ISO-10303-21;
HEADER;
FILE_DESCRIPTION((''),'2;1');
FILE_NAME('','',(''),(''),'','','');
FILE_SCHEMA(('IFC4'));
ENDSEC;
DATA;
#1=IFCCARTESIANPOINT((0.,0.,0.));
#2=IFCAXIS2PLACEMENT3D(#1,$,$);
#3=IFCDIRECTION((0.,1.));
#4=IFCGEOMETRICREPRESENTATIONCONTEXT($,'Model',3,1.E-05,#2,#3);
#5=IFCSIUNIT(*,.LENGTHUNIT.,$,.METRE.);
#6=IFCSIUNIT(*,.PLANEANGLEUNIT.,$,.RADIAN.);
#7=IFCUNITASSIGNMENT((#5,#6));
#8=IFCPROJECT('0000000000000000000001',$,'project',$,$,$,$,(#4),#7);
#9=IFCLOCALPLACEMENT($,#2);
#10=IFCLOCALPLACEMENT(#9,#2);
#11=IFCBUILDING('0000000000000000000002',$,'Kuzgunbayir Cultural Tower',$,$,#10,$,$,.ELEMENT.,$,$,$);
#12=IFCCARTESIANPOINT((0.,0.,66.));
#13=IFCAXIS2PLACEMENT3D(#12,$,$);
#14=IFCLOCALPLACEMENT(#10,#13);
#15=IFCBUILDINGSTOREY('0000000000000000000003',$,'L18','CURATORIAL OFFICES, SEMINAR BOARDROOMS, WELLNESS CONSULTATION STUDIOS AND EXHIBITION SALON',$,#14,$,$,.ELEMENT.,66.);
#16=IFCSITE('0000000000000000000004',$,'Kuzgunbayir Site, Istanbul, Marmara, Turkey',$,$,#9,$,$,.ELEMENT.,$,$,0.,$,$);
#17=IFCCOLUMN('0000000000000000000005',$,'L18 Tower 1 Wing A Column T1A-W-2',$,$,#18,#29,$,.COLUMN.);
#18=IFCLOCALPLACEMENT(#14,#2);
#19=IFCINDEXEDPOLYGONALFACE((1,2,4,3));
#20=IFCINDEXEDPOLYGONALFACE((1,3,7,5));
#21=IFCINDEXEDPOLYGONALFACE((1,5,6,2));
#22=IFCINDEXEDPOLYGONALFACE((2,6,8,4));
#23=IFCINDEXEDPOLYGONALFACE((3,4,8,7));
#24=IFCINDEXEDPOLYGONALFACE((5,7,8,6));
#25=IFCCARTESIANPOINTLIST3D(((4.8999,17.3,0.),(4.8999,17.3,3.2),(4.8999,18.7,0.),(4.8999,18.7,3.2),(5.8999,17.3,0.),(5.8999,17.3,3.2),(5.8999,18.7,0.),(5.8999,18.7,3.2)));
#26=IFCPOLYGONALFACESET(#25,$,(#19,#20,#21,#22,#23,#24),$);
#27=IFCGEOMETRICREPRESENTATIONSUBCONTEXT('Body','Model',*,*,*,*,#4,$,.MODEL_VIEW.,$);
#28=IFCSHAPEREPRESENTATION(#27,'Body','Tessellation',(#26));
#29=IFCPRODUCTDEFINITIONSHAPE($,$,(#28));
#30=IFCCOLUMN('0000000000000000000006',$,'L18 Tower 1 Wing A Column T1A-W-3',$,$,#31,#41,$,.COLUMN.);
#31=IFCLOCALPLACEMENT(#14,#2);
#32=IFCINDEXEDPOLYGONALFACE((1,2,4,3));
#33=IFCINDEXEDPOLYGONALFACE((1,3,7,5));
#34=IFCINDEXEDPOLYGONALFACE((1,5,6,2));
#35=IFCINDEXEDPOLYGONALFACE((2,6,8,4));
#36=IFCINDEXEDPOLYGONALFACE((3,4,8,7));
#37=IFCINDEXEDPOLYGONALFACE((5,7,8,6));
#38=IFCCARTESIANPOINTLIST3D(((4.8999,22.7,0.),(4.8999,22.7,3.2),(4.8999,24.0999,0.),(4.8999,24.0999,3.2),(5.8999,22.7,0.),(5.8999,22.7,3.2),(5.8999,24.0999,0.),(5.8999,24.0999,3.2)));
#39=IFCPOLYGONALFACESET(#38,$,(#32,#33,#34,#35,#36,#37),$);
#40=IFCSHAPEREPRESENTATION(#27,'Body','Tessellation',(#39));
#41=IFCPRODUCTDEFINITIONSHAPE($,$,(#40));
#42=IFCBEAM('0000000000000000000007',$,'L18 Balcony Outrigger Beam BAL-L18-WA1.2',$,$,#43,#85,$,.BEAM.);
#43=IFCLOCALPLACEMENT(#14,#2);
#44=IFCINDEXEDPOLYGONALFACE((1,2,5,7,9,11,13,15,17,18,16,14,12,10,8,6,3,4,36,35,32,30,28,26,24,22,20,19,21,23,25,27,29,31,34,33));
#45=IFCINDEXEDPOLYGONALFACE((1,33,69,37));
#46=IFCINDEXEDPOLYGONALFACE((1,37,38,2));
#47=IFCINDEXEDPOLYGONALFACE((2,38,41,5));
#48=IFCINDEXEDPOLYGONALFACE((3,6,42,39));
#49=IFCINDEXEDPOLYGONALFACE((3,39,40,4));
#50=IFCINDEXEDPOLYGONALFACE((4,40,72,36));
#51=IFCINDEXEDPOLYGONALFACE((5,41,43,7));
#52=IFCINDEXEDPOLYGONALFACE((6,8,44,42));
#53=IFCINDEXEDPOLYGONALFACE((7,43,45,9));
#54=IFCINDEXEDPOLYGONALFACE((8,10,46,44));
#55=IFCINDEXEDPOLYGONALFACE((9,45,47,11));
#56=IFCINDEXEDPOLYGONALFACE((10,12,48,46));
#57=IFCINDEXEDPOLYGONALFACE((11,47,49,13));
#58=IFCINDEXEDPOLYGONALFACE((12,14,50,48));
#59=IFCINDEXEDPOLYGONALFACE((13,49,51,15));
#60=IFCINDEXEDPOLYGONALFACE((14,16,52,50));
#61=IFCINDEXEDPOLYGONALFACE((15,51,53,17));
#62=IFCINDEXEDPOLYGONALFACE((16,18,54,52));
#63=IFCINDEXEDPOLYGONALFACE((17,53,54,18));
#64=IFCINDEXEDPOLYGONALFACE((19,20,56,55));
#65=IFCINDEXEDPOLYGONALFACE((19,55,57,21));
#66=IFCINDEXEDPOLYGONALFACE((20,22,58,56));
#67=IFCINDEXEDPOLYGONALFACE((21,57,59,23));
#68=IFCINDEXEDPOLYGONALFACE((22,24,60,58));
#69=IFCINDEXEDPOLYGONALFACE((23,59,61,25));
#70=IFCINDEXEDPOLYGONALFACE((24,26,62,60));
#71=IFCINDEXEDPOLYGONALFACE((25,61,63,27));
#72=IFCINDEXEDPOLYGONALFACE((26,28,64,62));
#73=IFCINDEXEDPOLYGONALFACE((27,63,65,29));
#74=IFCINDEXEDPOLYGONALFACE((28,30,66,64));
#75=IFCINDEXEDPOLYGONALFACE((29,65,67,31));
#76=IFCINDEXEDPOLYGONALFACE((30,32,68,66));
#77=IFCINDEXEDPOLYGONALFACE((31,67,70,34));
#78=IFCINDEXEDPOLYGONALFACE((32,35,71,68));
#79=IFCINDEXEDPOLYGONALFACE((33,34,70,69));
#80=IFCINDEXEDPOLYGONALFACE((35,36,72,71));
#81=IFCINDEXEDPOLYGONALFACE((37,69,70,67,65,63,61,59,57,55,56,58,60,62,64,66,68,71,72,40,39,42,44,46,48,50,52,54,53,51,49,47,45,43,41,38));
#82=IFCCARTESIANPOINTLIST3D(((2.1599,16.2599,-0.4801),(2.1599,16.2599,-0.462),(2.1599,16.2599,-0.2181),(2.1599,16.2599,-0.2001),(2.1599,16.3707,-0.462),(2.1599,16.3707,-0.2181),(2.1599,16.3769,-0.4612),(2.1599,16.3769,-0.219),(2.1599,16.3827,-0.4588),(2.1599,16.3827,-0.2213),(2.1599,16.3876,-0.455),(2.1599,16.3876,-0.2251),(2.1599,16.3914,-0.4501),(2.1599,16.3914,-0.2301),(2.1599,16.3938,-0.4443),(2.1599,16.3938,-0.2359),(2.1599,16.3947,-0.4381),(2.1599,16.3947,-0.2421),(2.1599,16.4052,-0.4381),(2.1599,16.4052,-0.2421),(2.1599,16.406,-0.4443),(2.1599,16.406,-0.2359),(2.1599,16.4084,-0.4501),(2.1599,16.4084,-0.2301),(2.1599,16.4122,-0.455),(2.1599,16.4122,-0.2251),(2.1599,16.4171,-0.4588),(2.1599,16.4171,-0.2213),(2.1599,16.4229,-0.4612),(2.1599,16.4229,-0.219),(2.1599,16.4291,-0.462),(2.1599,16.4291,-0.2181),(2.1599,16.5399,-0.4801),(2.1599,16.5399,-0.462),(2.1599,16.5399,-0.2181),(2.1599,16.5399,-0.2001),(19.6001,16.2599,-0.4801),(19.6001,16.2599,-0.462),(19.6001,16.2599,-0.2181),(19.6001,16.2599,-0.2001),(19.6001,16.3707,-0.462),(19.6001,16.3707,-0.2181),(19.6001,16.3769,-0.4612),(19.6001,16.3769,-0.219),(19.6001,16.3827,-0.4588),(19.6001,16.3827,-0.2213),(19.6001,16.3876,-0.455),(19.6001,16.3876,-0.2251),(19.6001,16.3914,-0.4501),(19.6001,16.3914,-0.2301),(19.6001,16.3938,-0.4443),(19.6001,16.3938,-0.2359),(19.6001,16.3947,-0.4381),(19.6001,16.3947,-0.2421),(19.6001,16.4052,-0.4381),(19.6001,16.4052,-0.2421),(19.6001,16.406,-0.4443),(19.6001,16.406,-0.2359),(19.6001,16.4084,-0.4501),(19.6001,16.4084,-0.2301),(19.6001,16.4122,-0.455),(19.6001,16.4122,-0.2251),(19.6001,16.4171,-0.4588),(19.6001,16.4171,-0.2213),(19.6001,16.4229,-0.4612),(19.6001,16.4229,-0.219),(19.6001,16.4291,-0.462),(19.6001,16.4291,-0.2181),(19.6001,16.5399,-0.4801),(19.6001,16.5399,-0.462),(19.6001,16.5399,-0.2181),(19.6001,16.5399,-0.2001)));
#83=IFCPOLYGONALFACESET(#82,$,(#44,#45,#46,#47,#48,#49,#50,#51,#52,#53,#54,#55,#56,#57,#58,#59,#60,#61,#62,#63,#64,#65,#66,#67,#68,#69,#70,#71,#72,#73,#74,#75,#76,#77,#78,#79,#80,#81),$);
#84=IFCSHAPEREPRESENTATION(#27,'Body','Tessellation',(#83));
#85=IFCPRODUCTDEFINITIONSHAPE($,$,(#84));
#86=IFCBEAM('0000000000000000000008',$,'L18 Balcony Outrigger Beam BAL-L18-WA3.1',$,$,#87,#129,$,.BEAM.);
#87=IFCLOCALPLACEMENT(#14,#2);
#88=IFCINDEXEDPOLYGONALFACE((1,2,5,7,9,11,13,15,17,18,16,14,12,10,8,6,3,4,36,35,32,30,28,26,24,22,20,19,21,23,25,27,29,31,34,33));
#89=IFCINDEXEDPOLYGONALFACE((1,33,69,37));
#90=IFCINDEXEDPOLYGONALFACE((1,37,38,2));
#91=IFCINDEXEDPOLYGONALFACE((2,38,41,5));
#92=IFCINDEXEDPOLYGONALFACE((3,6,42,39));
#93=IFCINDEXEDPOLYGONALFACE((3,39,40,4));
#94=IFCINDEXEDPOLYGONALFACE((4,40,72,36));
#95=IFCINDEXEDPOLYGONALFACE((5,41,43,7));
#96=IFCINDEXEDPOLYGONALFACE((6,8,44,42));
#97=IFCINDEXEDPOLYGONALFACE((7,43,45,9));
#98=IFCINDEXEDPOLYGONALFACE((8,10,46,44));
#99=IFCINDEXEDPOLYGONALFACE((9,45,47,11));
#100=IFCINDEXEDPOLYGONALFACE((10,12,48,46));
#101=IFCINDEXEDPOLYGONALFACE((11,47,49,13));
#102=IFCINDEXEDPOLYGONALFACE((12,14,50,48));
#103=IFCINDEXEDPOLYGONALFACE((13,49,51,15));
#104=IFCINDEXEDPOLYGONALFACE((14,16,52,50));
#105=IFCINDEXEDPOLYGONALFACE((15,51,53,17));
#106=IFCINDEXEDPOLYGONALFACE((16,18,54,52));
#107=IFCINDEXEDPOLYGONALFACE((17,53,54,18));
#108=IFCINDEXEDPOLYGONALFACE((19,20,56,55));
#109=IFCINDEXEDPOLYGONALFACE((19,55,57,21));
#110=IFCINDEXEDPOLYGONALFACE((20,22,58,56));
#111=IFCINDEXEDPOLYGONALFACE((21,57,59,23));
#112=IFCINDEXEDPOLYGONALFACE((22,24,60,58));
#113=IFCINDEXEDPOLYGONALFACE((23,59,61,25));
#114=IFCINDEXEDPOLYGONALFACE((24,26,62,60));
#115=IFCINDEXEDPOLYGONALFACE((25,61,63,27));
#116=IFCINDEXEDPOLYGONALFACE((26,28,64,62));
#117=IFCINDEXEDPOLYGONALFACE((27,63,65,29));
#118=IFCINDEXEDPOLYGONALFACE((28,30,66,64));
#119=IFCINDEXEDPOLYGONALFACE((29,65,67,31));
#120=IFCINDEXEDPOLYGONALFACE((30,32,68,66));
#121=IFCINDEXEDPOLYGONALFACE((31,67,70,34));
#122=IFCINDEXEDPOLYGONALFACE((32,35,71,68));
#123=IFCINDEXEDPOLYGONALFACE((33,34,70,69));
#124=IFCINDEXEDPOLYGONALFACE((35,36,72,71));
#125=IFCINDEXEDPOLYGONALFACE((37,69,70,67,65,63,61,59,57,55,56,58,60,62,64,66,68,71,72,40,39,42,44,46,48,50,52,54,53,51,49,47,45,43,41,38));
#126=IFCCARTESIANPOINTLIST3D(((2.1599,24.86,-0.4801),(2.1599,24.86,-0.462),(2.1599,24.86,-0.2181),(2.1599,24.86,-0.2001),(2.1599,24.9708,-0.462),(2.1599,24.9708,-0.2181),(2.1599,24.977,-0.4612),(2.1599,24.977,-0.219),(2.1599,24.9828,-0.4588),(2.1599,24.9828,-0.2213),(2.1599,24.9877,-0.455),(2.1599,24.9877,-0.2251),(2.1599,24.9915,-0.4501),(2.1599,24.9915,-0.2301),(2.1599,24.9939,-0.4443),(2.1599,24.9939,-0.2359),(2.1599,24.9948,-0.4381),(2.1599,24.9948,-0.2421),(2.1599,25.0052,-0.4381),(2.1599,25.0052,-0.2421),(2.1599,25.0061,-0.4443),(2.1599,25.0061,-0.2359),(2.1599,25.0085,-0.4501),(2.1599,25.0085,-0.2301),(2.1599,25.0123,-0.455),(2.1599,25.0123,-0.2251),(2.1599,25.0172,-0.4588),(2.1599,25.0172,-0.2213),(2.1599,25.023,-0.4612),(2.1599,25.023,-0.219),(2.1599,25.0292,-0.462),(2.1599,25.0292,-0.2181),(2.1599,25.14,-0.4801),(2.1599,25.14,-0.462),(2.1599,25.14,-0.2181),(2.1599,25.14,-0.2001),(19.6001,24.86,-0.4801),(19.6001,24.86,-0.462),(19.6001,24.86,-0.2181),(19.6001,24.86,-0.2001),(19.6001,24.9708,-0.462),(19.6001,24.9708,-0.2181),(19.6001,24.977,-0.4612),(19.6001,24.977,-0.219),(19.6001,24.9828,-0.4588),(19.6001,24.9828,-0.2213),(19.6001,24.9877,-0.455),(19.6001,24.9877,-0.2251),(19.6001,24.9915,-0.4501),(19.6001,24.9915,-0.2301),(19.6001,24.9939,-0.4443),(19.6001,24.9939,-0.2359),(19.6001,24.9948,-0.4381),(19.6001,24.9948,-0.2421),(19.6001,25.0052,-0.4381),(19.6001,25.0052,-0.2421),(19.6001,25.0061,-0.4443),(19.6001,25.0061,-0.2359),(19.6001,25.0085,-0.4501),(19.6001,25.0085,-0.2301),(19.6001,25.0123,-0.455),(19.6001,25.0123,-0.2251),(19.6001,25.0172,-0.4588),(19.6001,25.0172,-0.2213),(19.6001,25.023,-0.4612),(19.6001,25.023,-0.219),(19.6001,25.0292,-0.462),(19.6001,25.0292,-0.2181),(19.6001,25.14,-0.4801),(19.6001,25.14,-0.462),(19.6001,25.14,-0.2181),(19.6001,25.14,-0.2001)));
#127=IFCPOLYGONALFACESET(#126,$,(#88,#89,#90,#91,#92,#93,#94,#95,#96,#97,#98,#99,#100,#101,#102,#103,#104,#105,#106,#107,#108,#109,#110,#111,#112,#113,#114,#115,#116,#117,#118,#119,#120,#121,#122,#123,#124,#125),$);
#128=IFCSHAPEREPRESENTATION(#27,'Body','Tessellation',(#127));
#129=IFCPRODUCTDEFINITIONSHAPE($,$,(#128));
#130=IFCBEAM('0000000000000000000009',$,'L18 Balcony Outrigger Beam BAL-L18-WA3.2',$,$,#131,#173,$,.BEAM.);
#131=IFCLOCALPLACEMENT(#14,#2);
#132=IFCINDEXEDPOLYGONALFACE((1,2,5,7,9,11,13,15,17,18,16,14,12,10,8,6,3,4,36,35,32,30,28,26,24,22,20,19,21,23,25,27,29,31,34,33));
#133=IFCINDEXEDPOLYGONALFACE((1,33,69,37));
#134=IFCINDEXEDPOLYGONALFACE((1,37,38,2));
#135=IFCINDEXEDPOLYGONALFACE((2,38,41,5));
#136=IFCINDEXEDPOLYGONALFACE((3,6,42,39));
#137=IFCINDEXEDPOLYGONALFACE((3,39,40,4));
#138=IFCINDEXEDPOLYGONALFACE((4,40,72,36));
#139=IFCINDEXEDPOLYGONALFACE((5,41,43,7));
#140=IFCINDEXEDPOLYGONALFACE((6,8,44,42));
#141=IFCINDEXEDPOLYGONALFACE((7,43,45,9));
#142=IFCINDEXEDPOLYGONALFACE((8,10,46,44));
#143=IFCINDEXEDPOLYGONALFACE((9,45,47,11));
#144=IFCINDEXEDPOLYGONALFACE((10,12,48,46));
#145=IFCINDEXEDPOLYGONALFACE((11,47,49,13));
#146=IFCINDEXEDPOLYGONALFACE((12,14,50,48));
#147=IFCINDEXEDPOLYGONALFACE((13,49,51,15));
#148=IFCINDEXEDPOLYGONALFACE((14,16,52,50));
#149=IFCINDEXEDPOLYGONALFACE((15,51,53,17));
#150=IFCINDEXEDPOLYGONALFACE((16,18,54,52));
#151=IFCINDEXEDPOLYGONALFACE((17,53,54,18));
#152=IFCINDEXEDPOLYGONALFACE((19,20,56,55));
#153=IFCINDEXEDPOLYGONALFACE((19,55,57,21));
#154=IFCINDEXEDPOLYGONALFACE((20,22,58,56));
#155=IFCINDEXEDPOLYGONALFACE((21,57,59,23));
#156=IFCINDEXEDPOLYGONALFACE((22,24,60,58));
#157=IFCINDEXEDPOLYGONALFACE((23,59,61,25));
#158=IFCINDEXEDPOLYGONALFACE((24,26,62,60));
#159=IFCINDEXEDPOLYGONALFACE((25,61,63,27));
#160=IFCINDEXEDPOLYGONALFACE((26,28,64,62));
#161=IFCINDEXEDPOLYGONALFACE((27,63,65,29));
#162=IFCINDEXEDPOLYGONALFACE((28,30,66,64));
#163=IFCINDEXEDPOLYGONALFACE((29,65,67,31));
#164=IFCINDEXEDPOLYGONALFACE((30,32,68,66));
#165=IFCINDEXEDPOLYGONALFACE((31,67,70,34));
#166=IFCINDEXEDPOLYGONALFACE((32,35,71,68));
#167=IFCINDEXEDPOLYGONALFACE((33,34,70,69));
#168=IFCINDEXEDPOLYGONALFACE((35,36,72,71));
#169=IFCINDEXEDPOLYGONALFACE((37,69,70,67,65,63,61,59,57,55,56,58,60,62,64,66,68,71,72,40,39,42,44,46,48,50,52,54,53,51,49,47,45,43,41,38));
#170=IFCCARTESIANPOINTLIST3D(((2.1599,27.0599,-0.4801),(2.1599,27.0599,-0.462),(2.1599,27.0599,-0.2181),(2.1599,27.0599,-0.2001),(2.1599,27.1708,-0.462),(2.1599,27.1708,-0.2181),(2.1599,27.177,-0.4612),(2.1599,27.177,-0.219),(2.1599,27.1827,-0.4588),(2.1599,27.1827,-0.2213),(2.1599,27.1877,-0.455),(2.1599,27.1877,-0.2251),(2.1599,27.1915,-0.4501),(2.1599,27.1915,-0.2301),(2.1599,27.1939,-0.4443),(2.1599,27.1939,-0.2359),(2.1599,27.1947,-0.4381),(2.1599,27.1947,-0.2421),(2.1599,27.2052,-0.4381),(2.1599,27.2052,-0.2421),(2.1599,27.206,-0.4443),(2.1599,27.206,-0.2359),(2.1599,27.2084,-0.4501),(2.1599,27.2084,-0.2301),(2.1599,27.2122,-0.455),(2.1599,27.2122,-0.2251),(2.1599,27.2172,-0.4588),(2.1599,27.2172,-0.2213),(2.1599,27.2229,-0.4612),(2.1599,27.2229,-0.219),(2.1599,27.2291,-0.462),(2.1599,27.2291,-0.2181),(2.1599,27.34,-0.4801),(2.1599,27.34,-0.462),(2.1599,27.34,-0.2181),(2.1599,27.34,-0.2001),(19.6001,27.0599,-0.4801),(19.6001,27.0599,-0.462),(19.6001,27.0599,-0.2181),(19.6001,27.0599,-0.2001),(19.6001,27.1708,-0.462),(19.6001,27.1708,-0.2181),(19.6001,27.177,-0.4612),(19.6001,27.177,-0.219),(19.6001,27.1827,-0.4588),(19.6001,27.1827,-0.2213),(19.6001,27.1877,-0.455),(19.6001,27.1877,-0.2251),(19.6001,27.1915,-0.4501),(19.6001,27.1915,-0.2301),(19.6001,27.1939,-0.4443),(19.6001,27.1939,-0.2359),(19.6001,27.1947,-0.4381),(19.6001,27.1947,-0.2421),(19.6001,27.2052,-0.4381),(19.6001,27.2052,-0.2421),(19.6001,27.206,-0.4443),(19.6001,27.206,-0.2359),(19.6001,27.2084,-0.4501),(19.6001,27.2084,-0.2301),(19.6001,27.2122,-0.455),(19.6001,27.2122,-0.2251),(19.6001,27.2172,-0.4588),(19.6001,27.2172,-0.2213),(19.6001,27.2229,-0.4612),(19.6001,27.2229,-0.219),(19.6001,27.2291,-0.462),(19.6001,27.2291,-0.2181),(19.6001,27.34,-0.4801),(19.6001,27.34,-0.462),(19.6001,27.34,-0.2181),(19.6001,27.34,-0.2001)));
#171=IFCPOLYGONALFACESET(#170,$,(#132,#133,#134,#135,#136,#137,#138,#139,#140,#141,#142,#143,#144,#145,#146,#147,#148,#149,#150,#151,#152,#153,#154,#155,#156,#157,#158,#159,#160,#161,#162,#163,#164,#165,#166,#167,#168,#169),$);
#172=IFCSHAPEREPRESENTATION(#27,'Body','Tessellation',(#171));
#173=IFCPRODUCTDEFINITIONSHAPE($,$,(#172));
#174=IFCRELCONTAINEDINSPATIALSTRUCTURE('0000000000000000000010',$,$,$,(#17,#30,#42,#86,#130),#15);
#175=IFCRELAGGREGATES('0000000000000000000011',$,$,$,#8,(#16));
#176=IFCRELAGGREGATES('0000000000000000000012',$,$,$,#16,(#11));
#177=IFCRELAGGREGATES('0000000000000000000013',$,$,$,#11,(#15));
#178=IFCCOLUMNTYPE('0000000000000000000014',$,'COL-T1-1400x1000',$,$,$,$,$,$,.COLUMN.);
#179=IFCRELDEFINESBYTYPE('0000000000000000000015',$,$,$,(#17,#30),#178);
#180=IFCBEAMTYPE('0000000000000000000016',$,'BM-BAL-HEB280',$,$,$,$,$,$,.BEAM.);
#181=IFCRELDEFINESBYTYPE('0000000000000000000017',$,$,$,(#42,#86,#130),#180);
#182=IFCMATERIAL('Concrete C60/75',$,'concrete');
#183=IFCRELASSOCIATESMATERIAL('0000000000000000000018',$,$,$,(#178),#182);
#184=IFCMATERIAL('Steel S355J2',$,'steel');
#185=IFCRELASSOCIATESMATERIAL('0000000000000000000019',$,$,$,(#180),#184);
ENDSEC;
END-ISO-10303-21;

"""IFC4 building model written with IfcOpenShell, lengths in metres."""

from ifc_helpers import new_model, si_unit, direction, frame, origin, origin_2d, place, context, subcontext, project, spatial, rectangle, i_section, extrude, material, material_profile, profile_set, type_object, element, save


model = new_model("IFC4")

# Units and contexts
model_context = context("Model", 3, precision=1e-05, world=origin(), true_north=direction((0.0, 1.0)))
body_context = subcontext(model_context, "Body", "Model", "MODEL_VIEW")
ifc_project = project(units=[si_unit("LENGTHUNIT", "METRE"), si_unit("PLANEANGLEUNIT", "RADIAN")], contexts=[model_context])

# Site, building, storey
site_placement = place(None, origin())
site = spatial("IfcSite", under=ifc_project, at=site_placement, Name="Kuzgunbayir Site, Istanbul, Marmara, Turkey", CompositionType="ELEMENT", RefElevation=0.0)
building_placement = place(site_placement, origin())
building = spatial("IfcBuilding", under=site, at=building_placement, Name="Kuzgunbayir Cultural Tower", CompositionType="ELEMENT")
storey_placement = place(building_placement, frame((0.0, 0.0, 66.0)))
storey = spatial("IfcBuildingStorey", under=building, at=storey_placement, Name="L18", Description="CURATORIAL OFFICES, SEMINAR BOARDROOMS, WELLNESS CONSULTATION STUDIOS AND EXHIBITION SALON", CompositionType="ELEMENT", Elevation=66.0)

# Columns
ifc_material_1 = material(Name="Concrete C60/75", Category="concrete")
ifc_material_profile_1 = material_profile(ifc_material_1, rectangle(XDim=1.0, YDim=1.3999, at=origin_2d()), Name="RC 1400x1000")
ifc_profile_set_1 = profile_set([ifc_material_profile_1], Name="Concrete C60/75")
column_type = type_object("IfcColumnType", Name="COL-T1-1400x1000", PredefinedType="COLUMN", material=ifc_profile_set_1)
for number, where, z_axis, x_axis, name in (
    (1, (5.3999, 18.0, 0.0), (0.0, 0.0, 1.0), (1.0, 0.0, 0.0), "L18 Tower 1 Wing A Column T1A-W-2"),
    (2, (5.3999, 23.3999, 0.0), (0.0, 0.0, 1.0), (1.0, 0.0, 0.0), "L18 Tower 1 Wing A Column T1A-W-3"),
):
    element("IfcColumn", number, at=place(storey_placement, frame(where, z_axis=z_axis, x_axis=x_axis)), inside=storey, type_object=column_type, Name=name, PredefinedType="COLUMN", context=body_context, shape_type="SweptSolid", body=[
        extrude(rectangle(XDim=1.0, YDim=1.3999, at=origin_2d()), origin(), (0.0, 0.0, 1.0), 3.2),
    ])

# Beams
ifc_material_2 = material(Name="Steel S355J2", Category="steel")
ifc_material_profile_2 = material_profile(ifc_material_2, i_section(OverallWidth=0.28, OverallDepth=0.28, WebThickness=0.0105, FlangeThickness=0.0181, FilletRadius=0.0239, at=origin_2d()), Name="HEB 280")
ifc_profile_set_2 = profile_set([ifc_material_profile_2], Name="Steel S355J2")
beam_type_1 = type_object("IfcBeamType", Name="BM-BAL-HEB280", PredefinedType="BEAM", material=ifc_profile_set_2)
for number, where, z_axis, x_axis, name in (
    (3, (2.1599, 16.3999, -0.3401), (1.0, 0.0, 0.0), (0.0, 1.0, 0.0), "L18 Balcony Outrigger Beam BAL-L18-WA1.2"),
    (4, (2.1599, 25.0, -0.3401), (1.0, 0.0, 0.0), (0.0, 1.0, 0.0), "L18 Balcony Outrigger Beam BAL-L18-WA3.1"),
    (5, (2.1599, 27.2, -0.3401), (1.0, 0.0, 0.0), (0.0, 1.0, 0.0), "L18 Balcony Outrigger Beam BAL-L18-WA3.2"),
):
    element("IfcBeam", number, at=place(storey_placement, frame(where, z_axis=z_axis, x_axis=x_axis)), inside=storey, type_object=beam_type_1, Name=name, PredefinedType="BEAM", context=body_context, shape_type="SweptSolid", body=[
        extrude(i_section(OverallWidth=0.28, OverallDepth=0.28, WebThickness=0.0105, FlangeThickness=0.0181, FilletRadius=0.0239, at=origin_2d()), origin(), (0.0, 0.0, 1.0), 17.4402),
    ])

save(model, "model.ifc")
